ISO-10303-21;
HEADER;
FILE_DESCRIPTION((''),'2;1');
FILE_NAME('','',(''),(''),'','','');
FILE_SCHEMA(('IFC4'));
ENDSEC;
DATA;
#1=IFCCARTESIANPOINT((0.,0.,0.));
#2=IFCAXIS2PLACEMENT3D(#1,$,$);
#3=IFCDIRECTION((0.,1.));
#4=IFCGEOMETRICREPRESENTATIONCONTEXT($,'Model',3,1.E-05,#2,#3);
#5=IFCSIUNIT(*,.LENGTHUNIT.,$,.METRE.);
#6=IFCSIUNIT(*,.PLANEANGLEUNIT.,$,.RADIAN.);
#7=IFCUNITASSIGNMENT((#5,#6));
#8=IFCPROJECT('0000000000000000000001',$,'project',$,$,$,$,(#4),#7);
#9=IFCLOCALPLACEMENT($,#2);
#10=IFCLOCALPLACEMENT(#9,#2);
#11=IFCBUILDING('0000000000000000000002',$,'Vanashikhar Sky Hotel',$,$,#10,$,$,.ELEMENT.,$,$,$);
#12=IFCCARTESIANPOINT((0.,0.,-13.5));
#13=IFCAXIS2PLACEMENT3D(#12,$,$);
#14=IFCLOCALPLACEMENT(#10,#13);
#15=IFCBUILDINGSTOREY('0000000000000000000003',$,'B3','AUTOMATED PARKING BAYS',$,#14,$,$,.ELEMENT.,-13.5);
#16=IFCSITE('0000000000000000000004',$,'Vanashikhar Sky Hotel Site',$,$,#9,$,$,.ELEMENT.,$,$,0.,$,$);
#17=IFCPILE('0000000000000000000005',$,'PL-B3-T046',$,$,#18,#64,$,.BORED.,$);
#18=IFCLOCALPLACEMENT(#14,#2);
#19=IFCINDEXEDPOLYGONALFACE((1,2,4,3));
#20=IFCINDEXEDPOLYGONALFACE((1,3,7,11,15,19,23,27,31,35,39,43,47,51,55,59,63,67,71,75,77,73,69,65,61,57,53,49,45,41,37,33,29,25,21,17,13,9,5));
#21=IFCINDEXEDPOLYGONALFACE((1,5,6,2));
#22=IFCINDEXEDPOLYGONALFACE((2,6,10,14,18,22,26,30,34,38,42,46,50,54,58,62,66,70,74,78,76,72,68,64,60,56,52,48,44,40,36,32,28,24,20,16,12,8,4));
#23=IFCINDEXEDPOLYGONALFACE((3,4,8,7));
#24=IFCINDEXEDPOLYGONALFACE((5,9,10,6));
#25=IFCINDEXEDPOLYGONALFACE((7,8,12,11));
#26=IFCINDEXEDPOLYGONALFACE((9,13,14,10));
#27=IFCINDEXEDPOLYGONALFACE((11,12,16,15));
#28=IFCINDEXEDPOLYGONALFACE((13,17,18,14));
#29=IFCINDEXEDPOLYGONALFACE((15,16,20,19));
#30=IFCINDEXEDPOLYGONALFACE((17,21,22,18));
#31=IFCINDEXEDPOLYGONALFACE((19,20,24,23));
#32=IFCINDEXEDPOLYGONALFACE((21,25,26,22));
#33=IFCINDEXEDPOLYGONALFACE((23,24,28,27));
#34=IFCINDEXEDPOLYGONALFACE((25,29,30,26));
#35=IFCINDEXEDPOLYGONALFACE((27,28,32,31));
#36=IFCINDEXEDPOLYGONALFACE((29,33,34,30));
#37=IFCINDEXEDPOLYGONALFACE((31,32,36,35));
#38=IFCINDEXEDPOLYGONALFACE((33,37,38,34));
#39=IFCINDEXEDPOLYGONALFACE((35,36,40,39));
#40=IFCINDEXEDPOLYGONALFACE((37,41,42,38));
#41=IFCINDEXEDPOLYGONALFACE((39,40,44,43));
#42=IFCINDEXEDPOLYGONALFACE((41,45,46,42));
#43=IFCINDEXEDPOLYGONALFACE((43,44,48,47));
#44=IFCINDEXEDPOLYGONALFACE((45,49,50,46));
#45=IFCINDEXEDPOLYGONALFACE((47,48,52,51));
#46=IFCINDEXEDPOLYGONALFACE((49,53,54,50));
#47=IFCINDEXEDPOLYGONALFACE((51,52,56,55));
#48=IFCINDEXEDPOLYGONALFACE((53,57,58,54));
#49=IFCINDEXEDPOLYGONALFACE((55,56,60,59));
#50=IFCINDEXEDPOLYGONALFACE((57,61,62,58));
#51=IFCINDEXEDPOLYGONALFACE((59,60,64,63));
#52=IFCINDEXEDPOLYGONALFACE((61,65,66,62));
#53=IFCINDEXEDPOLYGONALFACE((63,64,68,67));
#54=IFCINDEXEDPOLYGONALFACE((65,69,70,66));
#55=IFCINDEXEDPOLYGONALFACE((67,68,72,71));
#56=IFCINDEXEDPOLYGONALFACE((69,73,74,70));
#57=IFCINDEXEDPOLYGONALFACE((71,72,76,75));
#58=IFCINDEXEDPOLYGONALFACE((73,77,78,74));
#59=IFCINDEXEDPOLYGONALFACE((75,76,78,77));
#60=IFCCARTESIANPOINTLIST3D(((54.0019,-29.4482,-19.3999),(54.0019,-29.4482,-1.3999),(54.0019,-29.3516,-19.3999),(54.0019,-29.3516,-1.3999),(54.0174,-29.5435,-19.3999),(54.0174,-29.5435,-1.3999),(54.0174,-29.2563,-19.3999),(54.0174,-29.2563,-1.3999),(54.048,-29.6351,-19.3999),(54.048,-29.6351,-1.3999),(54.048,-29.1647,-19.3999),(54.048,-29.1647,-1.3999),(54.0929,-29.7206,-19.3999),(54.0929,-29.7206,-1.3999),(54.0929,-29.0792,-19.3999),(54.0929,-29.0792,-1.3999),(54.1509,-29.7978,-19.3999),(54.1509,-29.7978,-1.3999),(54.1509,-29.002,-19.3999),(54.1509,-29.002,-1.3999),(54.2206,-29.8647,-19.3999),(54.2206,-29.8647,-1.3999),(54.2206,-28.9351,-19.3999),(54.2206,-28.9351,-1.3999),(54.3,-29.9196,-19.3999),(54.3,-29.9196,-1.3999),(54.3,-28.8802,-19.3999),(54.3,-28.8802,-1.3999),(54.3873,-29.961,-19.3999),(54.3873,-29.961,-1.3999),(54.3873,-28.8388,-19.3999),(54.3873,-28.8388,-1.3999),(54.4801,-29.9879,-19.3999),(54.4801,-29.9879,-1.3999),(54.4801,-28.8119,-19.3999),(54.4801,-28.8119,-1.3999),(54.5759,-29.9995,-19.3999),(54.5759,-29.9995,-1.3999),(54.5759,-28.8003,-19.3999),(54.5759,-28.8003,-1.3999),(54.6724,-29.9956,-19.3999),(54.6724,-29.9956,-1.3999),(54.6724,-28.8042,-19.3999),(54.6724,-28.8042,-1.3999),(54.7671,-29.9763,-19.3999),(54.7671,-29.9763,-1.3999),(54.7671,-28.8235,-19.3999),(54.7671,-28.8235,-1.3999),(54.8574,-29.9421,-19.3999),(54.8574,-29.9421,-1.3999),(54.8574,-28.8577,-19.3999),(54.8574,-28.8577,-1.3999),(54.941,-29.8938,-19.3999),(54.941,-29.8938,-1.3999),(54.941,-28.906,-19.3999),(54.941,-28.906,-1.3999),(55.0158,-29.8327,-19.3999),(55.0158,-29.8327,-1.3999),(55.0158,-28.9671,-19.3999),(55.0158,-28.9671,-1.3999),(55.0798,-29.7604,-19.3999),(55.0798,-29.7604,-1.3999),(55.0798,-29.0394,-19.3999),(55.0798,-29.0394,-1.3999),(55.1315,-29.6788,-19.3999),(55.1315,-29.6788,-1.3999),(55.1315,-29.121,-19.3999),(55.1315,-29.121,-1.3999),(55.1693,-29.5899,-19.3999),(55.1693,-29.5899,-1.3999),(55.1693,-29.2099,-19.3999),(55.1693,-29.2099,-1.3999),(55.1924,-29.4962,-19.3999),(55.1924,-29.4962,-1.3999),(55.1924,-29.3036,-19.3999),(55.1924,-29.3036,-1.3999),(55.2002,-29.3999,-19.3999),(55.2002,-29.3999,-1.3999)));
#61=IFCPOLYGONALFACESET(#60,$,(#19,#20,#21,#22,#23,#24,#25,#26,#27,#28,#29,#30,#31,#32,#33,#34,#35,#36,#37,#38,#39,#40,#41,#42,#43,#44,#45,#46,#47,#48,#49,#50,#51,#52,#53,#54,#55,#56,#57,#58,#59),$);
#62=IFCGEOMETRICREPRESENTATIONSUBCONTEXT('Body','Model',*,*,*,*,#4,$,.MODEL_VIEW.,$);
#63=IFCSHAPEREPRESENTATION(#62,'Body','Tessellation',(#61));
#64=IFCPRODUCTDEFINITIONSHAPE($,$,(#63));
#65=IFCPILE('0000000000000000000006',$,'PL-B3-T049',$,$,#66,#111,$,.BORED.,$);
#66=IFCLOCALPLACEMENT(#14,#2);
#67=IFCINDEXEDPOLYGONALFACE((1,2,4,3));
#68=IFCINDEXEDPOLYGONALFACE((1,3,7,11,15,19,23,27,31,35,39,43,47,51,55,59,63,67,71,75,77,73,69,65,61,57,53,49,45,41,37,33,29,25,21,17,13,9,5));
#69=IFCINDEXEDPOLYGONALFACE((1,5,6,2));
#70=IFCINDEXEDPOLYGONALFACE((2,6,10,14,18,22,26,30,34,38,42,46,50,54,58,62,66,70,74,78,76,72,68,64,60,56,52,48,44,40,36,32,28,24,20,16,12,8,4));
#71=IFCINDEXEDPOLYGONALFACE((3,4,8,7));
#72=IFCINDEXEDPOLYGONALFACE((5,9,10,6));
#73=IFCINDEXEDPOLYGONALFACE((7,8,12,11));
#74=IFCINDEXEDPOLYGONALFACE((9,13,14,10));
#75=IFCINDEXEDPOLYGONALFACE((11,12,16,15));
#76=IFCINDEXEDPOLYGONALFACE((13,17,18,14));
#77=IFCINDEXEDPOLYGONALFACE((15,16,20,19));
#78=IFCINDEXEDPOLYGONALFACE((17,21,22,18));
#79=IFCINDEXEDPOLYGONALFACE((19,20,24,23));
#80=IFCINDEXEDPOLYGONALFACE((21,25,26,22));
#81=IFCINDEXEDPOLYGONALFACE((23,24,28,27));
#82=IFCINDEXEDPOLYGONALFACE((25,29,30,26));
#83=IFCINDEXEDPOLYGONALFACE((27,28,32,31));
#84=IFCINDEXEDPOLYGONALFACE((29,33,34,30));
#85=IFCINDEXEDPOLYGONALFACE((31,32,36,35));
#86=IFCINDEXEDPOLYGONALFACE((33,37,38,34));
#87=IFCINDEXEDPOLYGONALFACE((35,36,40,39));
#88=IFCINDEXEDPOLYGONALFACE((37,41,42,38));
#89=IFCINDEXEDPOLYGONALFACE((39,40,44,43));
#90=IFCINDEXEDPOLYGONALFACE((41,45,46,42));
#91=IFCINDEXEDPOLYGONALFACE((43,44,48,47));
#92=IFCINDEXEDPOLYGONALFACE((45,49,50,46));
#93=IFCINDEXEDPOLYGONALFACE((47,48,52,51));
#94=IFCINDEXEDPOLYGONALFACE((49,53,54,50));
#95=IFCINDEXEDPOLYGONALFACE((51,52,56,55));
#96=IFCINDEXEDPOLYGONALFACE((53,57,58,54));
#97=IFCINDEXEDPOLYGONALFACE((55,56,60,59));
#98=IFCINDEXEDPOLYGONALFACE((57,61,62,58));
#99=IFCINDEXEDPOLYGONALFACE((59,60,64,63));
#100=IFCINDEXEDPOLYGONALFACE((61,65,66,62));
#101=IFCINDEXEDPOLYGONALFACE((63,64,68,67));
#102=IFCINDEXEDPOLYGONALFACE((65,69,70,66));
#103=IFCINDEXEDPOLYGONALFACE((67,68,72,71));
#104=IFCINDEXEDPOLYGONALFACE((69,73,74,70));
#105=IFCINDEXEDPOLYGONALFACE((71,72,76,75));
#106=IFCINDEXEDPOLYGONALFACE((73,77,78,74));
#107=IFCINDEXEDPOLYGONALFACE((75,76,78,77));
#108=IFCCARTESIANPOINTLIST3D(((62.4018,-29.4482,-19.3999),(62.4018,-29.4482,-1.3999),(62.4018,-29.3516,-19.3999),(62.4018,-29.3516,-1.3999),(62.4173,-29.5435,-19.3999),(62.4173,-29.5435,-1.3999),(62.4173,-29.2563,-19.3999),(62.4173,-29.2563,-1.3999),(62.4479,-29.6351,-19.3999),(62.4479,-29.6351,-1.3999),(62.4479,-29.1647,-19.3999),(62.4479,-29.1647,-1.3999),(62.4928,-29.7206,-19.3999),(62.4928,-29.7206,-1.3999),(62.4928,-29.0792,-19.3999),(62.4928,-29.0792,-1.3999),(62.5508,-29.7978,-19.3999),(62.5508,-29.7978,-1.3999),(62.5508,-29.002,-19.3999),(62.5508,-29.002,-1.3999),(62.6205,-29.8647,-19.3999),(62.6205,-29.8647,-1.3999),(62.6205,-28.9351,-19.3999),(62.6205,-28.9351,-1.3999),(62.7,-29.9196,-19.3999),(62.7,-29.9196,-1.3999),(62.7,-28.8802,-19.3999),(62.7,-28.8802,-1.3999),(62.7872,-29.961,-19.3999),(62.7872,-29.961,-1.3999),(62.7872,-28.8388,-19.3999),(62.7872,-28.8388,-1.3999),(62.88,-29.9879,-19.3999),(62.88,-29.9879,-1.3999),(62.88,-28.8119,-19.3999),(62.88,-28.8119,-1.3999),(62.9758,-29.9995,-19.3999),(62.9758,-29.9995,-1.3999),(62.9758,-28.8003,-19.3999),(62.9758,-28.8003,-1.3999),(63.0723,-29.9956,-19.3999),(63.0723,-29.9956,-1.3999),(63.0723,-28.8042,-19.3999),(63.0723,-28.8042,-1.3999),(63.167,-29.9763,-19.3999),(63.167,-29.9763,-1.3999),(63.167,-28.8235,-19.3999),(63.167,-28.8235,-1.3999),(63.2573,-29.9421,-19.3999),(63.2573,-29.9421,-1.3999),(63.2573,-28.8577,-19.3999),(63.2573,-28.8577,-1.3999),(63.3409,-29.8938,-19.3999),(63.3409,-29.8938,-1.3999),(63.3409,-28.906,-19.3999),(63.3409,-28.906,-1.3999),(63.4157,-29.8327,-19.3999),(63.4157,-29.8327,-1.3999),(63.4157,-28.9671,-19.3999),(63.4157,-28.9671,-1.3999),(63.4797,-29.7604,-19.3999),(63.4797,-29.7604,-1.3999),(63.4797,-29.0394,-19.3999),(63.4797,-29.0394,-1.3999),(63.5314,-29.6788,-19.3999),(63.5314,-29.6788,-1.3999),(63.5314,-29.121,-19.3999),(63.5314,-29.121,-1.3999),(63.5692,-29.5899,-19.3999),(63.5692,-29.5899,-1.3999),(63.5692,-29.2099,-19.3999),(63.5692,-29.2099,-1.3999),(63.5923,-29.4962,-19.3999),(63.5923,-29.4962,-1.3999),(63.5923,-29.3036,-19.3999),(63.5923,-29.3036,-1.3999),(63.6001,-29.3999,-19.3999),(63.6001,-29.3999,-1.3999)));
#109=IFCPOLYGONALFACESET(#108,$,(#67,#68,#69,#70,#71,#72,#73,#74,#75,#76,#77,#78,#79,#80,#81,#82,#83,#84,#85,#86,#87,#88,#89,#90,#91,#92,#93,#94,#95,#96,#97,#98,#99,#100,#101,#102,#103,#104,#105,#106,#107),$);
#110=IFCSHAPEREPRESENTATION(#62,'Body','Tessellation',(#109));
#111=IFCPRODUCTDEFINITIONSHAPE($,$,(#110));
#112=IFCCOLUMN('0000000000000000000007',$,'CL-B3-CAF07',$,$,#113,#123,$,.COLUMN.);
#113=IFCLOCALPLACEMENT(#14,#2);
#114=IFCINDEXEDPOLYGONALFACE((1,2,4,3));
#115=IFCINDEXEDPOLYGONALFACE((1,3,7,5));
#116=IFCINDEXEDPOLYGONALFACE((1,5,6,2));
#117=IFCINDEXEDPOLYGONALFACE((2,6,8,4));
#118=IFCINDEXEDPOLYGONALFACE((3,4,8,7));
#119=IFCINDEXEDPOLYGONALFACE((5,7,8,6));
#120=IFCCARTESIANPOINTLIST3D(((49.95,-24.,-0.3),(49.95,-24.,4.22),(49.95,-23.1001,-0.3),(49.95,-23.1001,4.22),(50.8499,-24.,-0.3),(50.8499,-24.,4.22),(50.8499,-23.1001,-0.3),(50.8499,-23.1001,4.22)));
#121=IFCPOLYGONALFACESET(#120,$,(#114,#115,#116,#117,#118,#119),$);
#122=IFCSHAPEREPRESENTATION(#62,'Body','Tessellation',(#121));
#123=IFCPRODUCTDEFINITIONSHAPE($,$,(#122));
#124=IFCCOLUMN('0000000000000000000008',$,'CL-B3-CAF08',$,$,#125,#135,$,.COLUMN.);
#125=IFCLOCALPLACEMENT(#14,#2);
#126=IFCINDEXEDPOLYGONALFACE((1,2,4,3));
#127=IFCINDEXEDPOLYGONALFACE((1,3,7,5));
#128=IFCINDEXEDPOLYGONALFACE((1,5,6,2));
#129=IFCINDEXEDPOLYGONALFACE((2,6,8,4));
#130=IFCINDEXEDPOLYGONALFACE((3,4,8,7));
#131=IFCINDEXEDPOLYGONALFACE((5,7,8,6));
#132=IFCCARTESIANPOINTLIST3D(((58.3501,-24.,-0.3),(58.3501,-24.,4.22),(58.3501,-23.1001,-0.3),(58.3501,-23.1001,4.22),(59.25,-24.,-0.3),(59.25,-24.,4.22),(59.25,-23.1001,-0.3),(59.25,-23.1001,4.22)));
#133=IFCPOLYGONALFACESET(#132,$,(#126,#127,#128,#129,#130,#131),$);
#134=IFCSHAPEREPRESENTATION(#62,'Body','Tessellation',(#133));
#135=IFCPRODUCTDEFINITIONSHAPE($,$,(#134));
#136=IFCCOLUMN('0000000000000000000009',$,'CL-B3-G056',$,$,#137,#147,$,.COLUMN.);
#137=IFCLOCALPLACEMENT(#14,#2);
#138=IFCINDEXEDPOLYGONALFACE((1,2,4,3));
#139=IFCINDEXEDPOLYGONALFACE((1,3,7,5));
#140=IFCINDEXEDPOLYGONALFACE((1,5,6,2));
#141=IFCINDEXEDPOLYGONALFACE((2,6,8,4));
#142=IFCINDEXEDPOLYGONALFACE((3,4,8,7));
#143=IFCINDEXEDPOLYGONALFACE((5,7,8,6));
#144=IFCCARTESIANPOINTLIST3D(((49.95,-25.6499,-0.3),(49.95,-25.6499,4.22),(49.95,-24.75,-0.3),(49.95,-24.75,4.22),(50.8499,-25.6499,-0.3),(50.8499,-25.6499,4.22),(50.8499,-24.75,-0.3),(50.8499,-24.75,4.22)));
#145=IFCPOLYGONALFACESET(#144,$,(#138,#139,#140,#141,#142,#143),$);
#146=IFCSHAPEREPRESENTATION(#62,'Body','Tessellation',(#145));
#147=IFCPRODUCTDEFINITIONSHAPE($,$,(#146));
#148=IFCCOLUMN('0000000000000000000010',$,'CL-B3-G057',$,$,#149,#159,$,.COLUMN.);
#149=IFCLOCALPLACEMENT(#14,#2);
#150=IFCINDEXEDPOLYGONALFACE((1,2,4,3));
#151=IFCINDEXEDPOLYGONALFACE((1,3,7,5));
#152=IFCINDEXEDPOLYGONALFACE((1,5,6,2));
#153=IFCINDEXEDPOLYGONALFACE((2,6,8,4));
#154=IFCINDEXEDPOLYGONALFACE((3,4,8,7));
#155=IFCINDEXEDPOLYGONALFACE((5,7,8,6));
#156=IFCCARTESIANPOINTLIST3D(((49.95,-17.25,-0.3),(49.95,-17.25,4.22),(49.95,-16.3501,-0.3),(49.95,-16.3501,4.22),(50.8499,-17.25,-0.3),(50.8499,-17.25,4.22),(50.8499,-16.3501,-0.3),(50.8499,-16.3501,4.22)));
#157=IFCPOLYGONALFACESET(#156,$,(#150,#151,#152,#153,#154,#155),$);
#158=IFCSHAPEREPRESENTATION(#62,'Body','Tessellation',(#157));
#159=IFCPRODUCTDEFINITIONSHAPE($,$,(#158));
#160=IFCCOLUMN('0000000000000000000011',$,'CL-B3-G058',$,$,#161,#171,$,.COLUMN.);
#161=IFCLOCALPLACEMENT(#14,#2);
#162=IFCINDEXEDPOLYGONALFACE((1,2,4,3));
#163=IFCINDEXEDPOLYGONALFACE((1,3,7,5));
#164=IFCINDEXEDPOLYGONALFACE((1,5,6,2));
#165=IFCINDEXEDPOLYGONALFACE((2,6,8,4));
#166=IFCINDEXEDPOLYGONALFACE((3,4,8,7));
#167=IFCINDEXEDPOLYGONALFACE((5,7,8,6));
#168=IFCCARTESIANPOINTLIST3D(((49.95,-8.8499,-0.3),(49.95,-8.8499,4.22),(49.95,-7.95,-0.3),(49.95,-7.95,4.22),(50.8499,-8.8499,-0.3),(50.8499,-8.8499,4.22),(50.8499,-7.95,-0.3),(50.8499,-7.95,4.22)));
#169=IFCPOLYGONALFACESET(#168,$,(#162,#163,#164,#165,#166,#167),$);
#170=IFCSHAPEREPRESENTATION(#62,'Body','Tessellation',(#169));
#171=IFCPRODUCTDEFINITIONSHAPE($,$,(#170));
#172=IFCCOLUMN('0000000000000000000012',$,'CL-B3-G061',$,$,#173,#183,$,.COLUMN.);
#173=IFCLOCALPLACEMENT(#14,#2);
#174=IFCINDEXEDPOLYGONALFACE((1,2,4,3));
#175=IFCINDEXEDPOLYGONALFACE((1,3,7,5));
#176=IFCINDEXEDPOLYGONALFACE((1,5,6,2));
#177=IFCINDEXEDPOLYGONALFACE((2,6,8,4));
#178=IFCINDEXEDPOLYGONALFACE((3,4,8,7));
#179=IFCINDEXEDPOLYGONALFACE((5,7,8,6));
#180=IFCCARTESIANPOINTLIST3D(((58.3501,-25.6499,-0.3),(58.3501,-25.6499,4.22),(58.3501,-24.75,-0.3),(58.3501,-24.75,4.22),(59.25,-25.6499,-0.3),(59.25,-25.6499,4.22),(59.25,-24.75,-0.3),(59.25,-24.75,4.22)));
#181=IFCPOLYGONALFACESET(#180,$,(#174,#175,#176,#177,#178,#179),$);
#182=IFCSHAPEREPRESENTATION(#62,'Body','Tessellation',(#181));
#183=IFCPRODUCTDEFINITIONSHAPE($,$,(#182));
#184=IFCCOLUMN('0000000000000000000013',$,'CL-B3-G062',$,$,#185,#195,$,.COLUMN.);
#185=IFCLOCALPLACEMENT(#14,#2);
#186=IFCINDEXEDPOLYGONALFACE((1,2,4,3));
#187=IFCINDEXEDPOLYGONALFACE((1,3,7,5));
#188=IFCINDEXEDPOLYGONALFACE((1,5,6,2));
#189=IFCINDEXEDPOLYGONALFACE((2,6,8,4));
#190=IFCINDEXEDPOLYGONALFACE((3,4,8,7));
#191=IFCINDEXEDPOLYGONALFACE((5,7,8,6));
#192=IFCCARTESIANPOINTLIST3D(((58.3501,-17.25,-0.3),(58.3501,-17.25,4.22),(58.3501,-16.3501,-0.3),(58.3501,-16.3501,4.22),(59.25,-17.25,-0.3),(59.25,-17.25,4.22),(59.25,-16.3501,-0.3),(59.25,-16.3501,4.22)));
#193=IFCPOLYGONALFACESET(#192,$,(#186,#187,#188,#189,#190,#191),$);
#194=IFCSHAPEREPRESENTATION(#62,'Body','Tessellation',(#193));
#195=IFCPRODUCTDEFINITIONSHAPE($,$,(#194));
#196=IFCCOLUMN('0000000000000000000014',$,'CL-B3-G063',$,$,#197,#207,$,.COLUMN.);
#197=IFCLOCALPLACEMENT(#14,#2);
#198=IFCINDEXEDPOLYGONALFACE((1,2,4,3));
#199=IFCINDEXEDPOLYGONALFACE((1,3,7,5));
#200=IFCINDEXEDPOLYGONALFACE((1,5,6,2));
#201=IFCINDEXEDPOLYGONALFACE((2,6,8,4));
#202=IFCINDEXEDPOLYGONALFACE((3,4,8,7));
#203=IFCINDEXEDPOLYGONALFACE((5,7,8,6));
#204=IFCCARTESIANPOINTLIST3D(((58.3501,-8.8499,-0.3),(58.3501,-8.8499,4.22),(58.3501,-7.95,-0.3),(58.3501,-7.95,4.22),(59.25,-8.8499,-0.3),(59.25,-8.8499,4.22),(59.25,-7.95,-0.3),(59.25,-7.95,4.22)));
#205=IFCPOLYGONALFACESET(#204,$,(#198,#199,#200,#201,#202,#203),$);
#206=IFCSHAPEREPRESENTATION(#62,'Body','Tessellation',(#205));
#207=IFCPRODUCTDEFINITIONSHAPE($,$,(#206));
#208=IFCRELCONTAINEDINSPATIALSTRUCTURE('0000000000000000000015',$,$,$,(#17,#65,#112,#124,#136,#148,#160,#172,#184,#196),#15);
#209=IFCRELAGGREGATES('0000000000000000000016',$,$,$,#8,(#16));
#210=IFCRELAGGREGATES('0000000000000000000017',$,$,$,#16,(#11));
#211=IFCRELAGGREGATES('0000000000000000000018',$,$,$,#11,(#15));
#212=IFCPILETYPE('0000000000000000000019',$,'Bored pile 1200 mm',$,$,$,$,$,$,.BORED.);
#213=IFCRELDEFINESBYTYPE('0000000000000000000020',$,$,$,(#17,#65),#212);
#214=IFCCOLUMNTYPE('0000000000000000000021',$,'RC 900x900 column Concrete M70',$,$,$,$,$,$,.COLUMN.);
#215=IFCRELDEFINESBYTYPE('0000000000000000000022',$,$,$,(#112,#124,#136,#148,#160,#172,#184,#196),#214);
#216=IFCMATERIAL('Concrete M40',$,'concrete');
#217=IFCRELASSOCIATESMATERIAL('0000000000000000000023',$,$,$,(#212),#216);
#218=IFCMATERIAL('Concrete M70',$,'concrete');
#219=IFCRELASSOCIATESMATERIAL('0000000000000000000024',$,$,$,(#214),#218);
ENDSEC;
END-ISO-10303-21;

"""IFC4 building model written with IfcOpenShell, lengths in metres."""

from ifc_helpers import new_model, si_unit, direction, frame, origin, origin_2d, place, context, subcontext, project, spatial, rectangle, circle, extrude, source, transform, mapped, material, material_profile, profile_set, type_object, element, save


model = new_model("IFC4")

# Units and contexts
model_context = context("Model", 3, precision=1e-05, world=origin(), true_north=direction((0.0, 1.0)))
body_context = subcontext(model_context, "Body", "Model", "MODEL_VIEW")
ifc_project = project(units=[si_unit("LENGTHUNIT", "METRE"), si_unit("PLANEANGLEUNIT", "RADIAN")], contexts=[model_context])

# Site, building, storey
site_placement = place(None, origin())
site = spatial("IfcSite", under=ifc_project, at=site_placement, Name="Vanashikhar Sky Hotel Site", CompositionType="ELEMENT", RefElevation=0.0)
building_placement = place(site_placement, origin())
building = spatial("IfcBuilding", under=site, at=building_placement, Name="Vanashikhar Sky Hotel", CompositionType="ELEMENT")
storey_placement = place(building_placement, frame((0.0, 0.0, -13.5)))
storey = spatial("IfcBuildingStorey", under=building, at=storey_placement, Name="B3", Description="AUTOMATED PARKING BAYS", CompositionType="ELEMENT", Elevation=-13.5)

# Piles
ifc_material_1 = material(Name="Concrete M40", Category="concrete")
pile_type_1 = type_object("IfcPileType", Name="Bored pile 1200 mm", PredefinedType="BORED", material=ifc_material_1)
shared_shape_1 = source(origin(), body_context, "Body", "SweptSolid", [
    extrude(circle(Radius=0.6001, at=origin_2d()), origin(), (0.0, 0.0, 1.0), 18.0),
])
for number, where, z_axis, x_axis, name in (
    (1, (54.6001, -29.3999, -1.3999), (0.0, 0.0, -1.0), (1.0, 0.0, 0.0), "PL-B3-T046"),
    (2, (63.0, -29.3999, -1.3999), (0.0, 0.0, -1.0), (1.0, 0.0, 0.0), "PL-B3-T049"),
):
    element("IfcPile", number, at=place(storey_placement, frame(where, z_axis=z_axis, x_axis=x_axis)), inside=storey, type_object=pile_type_1, Name=name, PredefinedType="BORED", context=body_context, shape_type="MappedRepresentation", body=[
        mapped(shared_shape_1, transform((0.0, 0.0, 0.0), scale=1.0)),
    ])

# Columns
ifc_material_2 = material(Name="Concrete M70", Category="concrete")
ifc_material_profile = material_profile(ifc_material_2, rectangle(XDim=0.8999, YDim=0.8999, at=origin_2d()))
ifc_profile_set = profile_set([ifc_material_profile], Name="RC 900x900 column Concrete M70")
column_type = type_object("IfcColumnType", Name="RC 900x900 column Concrete M70", PredefinedType="COLUMN", material=ifc_profile_set)
shared_shape_2 = source(origin(), body_context, "Body", "SweptSolid", [
    extrude(rectangle(XDim=0.8999, YDim=0.8999, at=origin_2d()), origin(), (0.0, 0.0, 1.0), 4.52),
])
for number, where, z_axis, x_axis, name in (
    (3, (50.3999, -23.55, -0.3), (0.0, 0.0, 1.0), (1.0, 0.0, 0.0), "CL-B3-CAF07"),
    (4, (58.8, -23.55, -0.3), (0.0, 0.0, 1.0), (1.0, 0.0, 0.0), "CL-B3-CAF08"),
    (5, (50.3999, -25.2, -0.3), (0.0, 0.0, 1.0), (1.0, 0.0, 0.0), "CL-B3-G056"),
    (6, (50.3999, -16.8, -0.3), (0.0, 0.0, 1.0), (1.0, 0.0, 0.0), "CL-B3-G057"),
    (7, (50.3999, -8.3999, -0.3), (0.0, 0.0, 1.0), (1.0, 0.0, 0.0), "CL-B3-G058"),
    (8, (58.8, -25.2, -0.3), (0.0, 0.0, 1.0), (1.0, 0.0, 0.0), "CL-B3-G061"),
    (9, (58.8, -16.8, -0.3), (0.0, 0.0, 1.0), (1.0, 0.0, 0.0), "CL-B3-G062"),
    (10, (58.8, -8.3999, -0.3), (0.0, 0.0, 1.0), (1.0, 0.0, 0.0), "CL-B3-G063"),
):
    element("IfcColumn", number, at=place(storey_placement, frame(where, z_axis=z_axis, x_axis=x_axis)), inside=storey, type_object=column_type, Name=name, PredefinedType="COLUMN", context=body_context, shape_type="MappedRepresentation", body=[
        mapped(shared_shape_2, transform((0.0, 0.0, 0.0), scale=1.0)),
    ])

save(model, "model.ifc")
